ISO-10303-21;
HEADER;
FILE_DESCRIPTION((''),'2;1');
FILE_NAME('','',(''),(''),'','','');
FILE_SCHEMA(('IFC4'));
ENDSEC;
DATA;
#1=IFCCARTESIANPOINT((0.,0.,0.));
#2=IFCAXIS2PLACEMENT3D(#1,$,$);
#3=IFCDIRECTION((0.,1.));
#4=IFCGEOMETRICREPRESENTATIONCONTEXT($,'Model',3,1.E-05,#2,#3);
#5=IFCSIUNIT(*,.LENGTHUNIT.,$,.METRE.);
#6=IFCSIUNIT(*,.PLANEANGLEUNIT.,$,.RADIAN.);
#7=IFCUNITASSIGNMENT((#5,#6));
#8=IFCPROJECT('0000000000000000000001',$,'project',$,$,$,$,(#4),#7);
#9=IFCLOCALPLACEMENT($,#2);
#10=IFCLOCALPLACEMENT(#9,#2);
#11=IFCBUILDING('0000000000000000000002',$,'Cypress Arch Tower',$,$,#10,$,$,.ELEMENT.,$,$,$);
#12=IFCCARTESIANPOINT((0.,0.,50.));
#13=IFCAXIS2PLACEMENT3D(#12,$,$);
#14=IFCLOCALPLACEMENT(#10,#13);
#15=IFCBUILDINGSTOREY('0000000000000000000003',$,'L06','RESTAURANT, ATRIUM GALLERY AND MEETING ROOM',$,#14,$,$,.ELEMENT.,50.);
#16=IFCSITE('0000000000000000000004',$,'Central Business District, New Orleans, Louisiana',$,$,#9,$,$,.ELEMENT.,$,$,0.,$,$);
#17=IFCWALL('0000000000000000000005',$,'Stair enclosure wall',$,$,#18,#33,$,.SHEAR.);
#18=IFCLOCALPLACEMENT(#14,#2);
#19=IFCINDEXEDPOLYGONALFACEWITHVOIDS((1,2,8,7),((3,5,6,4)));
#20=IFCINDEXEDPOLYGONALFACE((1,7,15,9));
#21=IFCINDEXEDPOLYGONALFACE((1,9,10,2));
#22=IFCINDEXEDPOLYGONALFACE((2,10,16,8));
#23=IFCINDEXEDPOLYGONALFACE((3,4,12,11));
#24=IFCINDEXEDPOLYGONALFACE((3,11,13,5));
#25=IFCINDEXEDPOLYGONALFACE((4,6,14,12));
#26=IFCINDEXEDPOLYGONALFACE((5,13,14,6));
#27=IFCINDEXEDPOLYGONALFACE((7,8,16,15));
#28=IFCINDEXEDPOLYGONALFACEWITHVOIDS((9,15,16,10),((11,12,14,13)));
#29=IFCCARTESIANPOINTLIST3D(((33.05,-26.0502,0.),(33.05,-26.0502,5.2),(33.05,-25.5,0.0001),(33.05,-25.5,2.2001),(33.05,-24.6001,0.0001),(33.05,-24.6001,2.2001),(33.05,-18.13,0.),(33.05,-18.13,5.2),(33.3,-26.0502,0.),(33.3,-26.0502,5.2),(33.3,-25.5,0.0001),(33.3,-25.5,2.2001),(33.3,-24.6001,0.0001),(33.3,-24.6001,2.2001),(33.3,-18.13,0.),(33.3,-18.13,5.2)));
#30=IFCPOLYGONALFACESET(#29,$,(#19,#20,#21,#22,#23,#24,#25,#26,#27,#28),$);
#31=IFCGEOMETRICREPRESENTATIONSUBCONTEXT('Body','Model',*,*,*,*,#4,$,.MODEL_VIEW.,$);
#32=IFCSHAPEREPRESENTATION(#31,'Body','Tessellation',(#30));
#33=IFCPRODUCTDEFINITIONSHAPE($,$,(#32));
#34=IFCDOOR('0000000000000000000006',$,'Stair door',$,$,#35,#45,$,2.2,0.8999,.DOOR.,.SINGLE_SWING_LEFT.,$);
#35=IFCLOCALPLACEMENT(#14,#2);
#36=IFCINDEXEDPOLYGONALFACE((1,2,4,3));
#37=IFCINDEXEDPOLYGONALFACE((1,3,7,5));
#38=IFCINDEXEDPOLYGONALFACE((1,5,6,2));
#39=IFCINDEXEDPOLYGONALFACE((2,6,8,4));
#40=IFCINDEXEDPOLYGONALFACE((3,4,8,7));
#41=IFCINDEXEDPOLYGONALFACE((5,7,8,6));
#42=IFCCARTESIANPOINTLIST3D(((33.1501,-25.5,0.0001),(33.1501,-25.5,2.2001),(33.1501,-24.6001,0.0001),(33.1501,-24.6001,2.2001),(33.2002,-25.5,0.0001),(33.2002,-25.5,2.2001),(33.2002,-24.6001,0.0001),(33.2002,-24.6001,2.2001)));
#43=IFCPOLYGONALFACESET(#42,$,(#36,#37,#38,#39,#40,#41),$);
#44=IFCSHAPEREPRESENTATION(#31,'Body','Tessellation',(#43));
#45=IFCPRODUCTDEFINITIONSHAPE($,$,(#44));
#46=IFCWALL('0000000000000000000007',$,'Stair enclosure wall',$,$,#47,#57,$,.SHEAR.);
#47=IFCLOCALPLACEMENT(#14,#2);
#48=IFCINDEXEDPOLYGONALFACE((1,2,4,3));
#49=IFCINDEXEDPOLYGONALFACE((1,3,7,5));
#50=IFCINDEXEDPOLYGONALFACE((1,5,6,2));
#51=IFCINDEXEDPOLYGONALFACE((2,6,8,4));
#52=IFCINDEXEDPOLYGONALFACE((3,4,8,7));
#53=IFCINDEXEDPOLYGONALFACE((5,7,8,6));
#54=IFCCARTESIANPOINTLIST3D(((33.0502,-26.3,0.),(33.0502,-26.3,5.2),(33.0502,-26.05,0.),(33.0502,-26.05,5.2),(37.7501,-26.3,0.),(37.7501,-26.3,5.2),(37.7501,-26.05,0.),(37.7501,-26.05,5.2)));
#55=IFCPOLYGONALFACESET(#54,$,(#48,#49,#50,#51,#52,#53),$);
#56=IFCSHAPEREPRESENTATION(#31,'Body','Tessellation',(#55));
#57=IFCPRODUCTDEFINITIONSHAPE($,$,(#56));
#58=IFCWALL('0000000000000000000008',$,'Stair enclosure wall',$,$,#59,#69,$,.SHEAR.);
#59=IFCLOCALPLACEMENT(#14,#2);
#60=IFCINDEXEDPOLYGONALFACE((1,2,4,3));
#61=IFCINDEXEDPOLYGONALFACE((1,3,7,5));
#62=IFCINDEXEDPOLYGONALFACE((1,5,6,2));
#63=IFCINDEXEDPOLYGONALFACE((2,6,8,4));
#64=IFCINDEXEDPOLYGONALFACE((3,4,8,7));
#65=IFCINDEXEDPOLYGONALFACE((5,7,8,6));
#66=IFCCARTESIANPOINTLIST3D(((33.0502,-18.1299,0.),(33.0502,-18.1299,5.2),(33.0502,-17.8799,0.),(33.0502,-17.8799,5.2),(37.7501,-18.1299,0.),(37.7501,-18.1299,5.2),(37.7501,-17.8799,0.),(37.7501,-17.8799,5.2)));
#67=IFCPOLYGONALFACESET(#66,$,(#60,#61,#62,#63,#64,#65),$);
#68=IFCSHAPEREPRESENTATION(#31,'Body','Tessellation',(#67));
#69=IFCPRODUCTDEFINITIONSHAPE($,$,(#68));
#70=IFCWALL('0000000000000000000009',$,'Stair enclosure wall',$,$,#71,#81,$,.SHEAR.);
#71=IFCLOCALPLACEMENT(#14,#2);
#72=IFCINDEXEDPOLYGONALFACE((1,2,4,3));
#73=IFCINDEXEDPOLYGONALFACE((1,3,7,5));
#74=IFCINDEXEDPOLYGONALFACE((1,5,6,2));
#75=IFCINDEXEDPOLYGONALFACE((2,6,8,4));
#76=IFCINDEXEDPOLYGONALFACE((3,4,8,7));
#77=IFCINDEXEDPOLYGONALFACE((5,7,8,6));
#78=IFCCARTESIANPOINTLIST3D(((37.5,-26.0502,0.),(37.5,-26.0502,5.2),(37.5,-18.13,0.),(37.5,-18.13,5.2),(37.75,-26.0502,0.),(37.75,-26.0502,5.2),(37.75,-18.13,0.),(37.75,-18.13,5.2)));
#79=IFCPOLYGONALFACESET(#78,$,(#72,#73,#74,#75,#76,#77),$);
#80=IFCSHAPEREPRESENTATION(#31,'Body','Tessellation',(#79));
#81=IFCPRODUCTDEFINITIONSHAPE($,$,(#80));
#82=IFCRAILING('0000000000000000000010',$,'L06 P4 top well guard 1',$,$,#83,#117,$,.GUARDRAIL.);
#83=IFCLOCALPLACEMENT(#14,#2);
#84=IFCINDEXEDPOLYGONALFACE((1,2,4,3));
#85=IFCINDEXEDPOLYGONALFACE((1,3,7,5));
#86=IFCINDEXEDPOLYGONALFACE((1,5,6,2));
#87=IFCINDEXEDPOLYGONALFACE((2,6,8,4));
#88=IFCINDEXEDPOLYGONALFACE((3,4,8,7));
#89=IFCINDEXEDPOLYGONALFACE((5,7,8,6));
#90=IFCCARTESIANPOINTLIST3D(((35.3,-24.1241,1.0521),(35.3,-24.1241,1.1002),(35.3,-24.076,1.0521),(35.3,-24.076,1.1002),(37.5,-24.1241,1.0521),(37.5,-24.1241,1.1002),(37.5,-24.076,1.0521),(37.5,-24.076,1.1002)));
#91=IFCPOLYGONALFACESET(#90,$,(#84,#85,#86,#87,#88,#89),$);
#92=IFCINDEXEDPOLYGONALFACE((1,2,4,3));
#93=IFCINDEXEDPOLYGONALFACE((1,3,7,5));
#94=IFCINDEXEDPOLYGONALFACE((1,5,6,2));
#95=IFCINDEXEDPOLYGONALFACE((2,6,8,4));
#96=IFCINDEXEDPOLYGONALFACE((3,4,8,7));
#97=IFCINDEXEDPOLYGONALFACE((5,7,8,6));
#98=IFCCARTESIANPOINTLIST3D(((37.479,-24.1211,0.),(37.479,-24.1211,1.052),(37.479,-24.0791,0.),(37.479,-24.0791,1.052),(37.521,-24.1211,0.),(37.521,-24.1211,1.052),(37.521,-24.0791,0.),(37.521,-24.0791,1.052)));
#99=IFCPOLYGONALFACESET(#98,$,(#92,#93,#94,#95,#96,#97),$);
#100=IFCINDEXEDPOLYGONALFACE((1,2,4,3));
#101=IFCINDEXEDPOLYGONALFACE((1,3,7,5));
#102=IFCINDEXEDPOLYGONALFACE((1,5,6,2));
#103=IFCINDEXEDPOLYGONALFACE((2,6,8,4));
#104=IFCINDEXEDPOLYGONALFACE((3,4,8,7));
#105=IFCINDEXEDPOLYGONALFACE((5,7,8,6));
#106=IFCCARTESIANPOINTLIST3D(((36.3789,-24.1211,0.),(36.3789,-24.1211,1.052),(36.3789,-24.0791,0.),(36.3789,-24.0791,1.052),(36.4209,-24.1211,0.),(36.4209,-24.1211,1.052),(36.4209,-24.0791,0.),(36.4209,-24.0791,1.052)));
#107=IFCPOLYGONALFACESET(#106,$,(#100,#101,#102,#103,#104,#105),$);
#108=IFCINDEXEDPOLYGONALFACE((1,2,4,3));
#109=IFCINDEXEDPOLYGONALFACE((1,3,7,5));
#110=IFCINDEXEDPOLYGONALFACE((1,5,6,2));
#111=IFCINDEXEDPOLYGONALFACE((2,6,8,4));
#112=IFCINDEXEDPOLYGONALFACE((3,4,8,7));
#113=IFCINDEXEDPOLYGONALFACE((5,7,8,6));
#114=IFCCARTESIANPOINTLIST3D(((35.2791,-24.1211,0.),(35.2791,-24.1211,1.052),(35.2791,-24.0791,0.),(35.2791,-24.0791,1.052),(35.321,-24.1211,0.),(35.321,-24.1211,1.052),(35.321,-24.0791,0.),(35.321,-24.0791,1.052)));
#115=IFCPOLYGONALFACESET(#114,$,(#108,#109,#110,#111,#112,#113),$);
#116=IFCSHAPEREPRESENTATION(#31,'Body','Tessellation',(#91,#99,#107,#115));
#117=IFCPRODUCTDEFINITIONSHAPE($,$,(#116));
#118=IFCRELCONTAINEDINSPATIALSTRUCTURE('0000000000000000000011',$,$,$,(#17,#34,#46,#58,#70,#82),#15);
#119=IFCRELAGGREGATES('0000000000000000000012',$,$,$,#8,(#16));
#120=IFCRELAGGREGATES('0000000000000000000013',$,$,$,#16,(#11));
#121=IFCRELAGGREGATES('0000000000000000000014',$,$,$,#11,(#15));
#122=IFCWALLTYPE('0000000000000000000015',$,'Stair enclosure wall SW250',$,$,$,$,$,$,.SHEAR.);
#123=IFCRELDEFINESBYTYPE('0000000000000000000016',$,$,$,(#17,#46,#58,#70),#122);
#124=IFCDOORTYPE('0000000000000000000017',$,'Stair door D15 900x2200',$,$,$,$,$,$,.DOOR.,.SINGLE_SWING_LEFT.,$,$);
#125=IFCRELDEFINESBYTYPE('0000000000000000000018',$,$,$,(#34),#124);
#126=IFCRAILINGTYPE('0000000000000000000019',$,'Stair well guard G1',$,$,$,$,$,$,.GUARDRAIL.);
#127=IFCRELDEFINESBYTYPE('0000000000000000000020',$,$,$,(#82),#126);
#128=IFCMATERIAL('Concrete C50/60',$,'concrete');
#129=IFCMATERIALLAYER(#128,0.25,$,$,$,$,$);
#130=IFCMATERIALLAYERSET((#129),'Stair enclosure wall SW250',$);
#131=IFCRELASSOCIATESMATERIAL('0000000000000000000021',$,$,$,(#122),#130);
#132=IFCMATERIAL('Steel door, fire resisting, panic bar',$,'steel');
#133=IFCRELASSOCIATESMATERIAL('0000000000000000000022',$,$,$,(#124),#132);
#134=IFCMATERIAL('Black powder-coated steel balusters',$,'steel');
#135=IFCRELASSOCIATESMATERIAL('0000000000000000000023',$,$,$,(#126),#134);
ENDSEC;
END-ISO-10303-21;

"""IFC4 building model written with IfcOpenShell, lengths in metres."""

from ifc_helpers import new_model, si_unit, direction, frame, frame_2d, origin, origin_2d, place, context, subcontext, project, spatial, rectangle, extrude, material, layer, layer_set, type_object, element, fill, save


model = new_model("IFC4")

# Units and contexts
model_context = context("Model", 3, precision=1e-05, world=origin(), true_north=direction((0.0, 1.0)))
body_context = subcontext(model_context, "Body", "Model", "MODEL_VIEW")
ifc_project = project(units=[si_unit("LENGTHUNIT", "METRE"), si_unit("PLANEANGLEUNIT", "RADIAN")], contexts=[model_context])

# Site, building, storey
site_placement = place(None, origin())
site = spatial("IfcSite", under=ifc_project, at=site_placement, Name="Central Business District, New Orleans, Louisiana", CompositionType="ELEMENT", RefElevation=0.0)
building_placement = place(site_placement, origin())
building = spatial("IfcBuilding", under=site, at=building_placement, Name="Cypress Arch Tower", CompositionType="ELEMENT")
storey_placement = place(building_placement, frame((0.0, 0.0, 50.0)))
storey = spatial("IfcBuildingStorey", under=building, at=storey_placement, Name="L06", Description="RESTAURANT, ATRIUM GALLERY AND MEETING ROOM", CompositionType="ELEMENT", Elevation=50.0)

# Wall, opening, door
ifc_material_1 = material(Name="Concrete C50/60", Category="concrete")
ifc_layer_1 = layer(ifc_material_1, 0.25)
ifc_layer_set_1 = layer_set([ifc_layer_1], Name="Stair enclosure wall SW250")
wall_type_1 = type_object("IfcWallType", Name="Stair enclosure wall SW250", PredefinedType="SHEAR", material=ifc_layer_set_1)
wall_1_placement = place(storey_placement, frame((33.175, -26.05, 0.0), z_axis=(0.0, 0.0, 1.0), x_axis=(0.0, 1.0, 0.0)))
wall_1 = element("IfcWall", 1, at=wall_1_placement, inside=storey, type_object=wall_type_1, Name="Stair enclosure wall", PredefinedType="SHEAR", context=body_context, shape_type="SweptSolid", body=[
    extrude(rectangle(XDim=7.9202, YDim=0.25, at=frame_2d((3.96, 0.0))), origin(), (0.0, 0.0, 1.0), 5.2),
])
opening_1_placement = place(wall_1_placement, frame((0.55, 0.0, 0.0)))
opening_1 = element("IfcOpeningElement", 2, at=opening_1_placement, cuts=wall_1, PredefinedType="OPENING", context=body_context, shape_type="SweptSolid", body=[
    extrude(rectangle(XDim=0.8999, YDim=2.2, at=frame_2d((0.45, 1.1001))), frame((0.0, 0.135, 0.0), z_axis=(0.0, -1.0, 0.0), x_axis=(1.0, 0.0, 0.0)), (0.0, 0.0, 1.0), 0.27),
])
ifc_material_2 = material(Name="Steel door, fire resisting, panic bar", Category="steel")
door_type_1 = type_object("IfcDoorType", Name="Stair door D15 900x2200", OperationType="SINGLE_SWING_LEFT", PredefinedType="DOOR", material=ifc_material_2)
door_1_placement = place(opening_1_placement, origin())
door_1 = element("IfcDoor", 3, at=door_1_placement, inside=storey, type_object=door_type_1, Name="Stair door", OperationType="SINGLE_SWING_LEFT", OverallHeight=2.2, OverallWidth=0.8999, PredefinedType="DOOR", context=body_context, shape_type="SweptSolid", body=[
    extrude(rectangle(XDim=0.8999, YDim=2.2, at=frame_2d((0.45, 1.1001))), frame((0.0, 0.0249, 0.0), z_axis=(0.0, -1.0, 0.0), x_axis=(1.0, 0.0, 0.0)), (0.0, 0.0, 1.0), 0.05),
])
fill(opening_1, door_1)

# Walls
for number, where, z_axis, x_axis, name in (
    (4, (33.05, -26.175, 0.0), (0.0, 0.0, 1.0), (1.0, 0.0, 0.0), "Stair enclosure wall"),
    (5, (33.05, -18.0049, 0.0), (0.0, 0.0, 1.0), (1.0, 0.0, 0.0), "Stair enclosure wall"),
):
    element("IfcWall", number, at=place(storey_placement, frame(where, z_axis=z_axis, x_axis=x_axis)), inside=storey, type_object=wall_type_1, Name=name, PredefinedType="SHEAR", context=body_context, shape_type="SweptSolid", body=[
        extrude(rectangle(XDim=4.7, YDim=0.25, at=frame_2d((2.3501, 0.0))), origin(), (0.0, 0.0, 1.0), 5.2),
    ])
wall_2_placement = place(storey_placement, frame((37.625, -26.05, 0.0), z_axis=(0.0, 0.0, 1.0), x_axis=(0.0, 1.0, 0.0)))
element("IfcWall", 6, at=wall_2_placement, inside=storey, type_object=wall_type_1, Name="Stair enclosure wall", PredefinedType="SHEAR", context=body_context, shape_type="SweptSolid", body=[
    extrude(rectangle(XDim=7.9202, YDim=0.25, at=frame_2d((3.96, 0.0))), origin(), (0.0, 0.0, 1.0), 5.2),
])

# Railing
ifc_material_3 = material(Name="Black powder-coated steel balusters", Category="steel")
railing_type = type_object("IfcRailingType", Name="Stair well guard G1", PredefinedType="GUARDRAIL", material=ifc_material_3)
railing_placement = place(storey_placement, frame((37.5, -24.1001, 0.0)))
element("IfcRailing", 7, at=railing_placement, inside=storey, type_object=railing_type, Name="L06 P4 top well guard 1", PredefinedType="GUARDRAIL", context=body_context, shape_type="SweptSolid", body=[
    extrude(rectangle(XDim=0.0481, YDim=0.0481, at=origin_2d()), frame((0.0, 0.0, 1.0762), z_axis=(-1.0, 0.0, 0.0), x_axis=(0.0, -1.0, 0.0)), (0.0, 0.0, 1.0), 2.2),
    extrude(rectangle(XDim=0.042, YDim=0.042, at=origin_2d()), origin(), (0.0, 0.0, 1.0), 1.052),
    extrude(rectangle(XDim=0.042, YDim=0.042, at=origin_2d()), frame((-1.1001, 0.0, 0.0)), (0.0, 0.0, 1.0), 1.052),
    extrude(rectangle(XDim=0.042, YDim=0.042, at=origin_2d()), frame((-2.2, 0.0, 0.0)), (0.0, 0.0, 1.0), 1.052),
])

save(model, "model.ifc")
